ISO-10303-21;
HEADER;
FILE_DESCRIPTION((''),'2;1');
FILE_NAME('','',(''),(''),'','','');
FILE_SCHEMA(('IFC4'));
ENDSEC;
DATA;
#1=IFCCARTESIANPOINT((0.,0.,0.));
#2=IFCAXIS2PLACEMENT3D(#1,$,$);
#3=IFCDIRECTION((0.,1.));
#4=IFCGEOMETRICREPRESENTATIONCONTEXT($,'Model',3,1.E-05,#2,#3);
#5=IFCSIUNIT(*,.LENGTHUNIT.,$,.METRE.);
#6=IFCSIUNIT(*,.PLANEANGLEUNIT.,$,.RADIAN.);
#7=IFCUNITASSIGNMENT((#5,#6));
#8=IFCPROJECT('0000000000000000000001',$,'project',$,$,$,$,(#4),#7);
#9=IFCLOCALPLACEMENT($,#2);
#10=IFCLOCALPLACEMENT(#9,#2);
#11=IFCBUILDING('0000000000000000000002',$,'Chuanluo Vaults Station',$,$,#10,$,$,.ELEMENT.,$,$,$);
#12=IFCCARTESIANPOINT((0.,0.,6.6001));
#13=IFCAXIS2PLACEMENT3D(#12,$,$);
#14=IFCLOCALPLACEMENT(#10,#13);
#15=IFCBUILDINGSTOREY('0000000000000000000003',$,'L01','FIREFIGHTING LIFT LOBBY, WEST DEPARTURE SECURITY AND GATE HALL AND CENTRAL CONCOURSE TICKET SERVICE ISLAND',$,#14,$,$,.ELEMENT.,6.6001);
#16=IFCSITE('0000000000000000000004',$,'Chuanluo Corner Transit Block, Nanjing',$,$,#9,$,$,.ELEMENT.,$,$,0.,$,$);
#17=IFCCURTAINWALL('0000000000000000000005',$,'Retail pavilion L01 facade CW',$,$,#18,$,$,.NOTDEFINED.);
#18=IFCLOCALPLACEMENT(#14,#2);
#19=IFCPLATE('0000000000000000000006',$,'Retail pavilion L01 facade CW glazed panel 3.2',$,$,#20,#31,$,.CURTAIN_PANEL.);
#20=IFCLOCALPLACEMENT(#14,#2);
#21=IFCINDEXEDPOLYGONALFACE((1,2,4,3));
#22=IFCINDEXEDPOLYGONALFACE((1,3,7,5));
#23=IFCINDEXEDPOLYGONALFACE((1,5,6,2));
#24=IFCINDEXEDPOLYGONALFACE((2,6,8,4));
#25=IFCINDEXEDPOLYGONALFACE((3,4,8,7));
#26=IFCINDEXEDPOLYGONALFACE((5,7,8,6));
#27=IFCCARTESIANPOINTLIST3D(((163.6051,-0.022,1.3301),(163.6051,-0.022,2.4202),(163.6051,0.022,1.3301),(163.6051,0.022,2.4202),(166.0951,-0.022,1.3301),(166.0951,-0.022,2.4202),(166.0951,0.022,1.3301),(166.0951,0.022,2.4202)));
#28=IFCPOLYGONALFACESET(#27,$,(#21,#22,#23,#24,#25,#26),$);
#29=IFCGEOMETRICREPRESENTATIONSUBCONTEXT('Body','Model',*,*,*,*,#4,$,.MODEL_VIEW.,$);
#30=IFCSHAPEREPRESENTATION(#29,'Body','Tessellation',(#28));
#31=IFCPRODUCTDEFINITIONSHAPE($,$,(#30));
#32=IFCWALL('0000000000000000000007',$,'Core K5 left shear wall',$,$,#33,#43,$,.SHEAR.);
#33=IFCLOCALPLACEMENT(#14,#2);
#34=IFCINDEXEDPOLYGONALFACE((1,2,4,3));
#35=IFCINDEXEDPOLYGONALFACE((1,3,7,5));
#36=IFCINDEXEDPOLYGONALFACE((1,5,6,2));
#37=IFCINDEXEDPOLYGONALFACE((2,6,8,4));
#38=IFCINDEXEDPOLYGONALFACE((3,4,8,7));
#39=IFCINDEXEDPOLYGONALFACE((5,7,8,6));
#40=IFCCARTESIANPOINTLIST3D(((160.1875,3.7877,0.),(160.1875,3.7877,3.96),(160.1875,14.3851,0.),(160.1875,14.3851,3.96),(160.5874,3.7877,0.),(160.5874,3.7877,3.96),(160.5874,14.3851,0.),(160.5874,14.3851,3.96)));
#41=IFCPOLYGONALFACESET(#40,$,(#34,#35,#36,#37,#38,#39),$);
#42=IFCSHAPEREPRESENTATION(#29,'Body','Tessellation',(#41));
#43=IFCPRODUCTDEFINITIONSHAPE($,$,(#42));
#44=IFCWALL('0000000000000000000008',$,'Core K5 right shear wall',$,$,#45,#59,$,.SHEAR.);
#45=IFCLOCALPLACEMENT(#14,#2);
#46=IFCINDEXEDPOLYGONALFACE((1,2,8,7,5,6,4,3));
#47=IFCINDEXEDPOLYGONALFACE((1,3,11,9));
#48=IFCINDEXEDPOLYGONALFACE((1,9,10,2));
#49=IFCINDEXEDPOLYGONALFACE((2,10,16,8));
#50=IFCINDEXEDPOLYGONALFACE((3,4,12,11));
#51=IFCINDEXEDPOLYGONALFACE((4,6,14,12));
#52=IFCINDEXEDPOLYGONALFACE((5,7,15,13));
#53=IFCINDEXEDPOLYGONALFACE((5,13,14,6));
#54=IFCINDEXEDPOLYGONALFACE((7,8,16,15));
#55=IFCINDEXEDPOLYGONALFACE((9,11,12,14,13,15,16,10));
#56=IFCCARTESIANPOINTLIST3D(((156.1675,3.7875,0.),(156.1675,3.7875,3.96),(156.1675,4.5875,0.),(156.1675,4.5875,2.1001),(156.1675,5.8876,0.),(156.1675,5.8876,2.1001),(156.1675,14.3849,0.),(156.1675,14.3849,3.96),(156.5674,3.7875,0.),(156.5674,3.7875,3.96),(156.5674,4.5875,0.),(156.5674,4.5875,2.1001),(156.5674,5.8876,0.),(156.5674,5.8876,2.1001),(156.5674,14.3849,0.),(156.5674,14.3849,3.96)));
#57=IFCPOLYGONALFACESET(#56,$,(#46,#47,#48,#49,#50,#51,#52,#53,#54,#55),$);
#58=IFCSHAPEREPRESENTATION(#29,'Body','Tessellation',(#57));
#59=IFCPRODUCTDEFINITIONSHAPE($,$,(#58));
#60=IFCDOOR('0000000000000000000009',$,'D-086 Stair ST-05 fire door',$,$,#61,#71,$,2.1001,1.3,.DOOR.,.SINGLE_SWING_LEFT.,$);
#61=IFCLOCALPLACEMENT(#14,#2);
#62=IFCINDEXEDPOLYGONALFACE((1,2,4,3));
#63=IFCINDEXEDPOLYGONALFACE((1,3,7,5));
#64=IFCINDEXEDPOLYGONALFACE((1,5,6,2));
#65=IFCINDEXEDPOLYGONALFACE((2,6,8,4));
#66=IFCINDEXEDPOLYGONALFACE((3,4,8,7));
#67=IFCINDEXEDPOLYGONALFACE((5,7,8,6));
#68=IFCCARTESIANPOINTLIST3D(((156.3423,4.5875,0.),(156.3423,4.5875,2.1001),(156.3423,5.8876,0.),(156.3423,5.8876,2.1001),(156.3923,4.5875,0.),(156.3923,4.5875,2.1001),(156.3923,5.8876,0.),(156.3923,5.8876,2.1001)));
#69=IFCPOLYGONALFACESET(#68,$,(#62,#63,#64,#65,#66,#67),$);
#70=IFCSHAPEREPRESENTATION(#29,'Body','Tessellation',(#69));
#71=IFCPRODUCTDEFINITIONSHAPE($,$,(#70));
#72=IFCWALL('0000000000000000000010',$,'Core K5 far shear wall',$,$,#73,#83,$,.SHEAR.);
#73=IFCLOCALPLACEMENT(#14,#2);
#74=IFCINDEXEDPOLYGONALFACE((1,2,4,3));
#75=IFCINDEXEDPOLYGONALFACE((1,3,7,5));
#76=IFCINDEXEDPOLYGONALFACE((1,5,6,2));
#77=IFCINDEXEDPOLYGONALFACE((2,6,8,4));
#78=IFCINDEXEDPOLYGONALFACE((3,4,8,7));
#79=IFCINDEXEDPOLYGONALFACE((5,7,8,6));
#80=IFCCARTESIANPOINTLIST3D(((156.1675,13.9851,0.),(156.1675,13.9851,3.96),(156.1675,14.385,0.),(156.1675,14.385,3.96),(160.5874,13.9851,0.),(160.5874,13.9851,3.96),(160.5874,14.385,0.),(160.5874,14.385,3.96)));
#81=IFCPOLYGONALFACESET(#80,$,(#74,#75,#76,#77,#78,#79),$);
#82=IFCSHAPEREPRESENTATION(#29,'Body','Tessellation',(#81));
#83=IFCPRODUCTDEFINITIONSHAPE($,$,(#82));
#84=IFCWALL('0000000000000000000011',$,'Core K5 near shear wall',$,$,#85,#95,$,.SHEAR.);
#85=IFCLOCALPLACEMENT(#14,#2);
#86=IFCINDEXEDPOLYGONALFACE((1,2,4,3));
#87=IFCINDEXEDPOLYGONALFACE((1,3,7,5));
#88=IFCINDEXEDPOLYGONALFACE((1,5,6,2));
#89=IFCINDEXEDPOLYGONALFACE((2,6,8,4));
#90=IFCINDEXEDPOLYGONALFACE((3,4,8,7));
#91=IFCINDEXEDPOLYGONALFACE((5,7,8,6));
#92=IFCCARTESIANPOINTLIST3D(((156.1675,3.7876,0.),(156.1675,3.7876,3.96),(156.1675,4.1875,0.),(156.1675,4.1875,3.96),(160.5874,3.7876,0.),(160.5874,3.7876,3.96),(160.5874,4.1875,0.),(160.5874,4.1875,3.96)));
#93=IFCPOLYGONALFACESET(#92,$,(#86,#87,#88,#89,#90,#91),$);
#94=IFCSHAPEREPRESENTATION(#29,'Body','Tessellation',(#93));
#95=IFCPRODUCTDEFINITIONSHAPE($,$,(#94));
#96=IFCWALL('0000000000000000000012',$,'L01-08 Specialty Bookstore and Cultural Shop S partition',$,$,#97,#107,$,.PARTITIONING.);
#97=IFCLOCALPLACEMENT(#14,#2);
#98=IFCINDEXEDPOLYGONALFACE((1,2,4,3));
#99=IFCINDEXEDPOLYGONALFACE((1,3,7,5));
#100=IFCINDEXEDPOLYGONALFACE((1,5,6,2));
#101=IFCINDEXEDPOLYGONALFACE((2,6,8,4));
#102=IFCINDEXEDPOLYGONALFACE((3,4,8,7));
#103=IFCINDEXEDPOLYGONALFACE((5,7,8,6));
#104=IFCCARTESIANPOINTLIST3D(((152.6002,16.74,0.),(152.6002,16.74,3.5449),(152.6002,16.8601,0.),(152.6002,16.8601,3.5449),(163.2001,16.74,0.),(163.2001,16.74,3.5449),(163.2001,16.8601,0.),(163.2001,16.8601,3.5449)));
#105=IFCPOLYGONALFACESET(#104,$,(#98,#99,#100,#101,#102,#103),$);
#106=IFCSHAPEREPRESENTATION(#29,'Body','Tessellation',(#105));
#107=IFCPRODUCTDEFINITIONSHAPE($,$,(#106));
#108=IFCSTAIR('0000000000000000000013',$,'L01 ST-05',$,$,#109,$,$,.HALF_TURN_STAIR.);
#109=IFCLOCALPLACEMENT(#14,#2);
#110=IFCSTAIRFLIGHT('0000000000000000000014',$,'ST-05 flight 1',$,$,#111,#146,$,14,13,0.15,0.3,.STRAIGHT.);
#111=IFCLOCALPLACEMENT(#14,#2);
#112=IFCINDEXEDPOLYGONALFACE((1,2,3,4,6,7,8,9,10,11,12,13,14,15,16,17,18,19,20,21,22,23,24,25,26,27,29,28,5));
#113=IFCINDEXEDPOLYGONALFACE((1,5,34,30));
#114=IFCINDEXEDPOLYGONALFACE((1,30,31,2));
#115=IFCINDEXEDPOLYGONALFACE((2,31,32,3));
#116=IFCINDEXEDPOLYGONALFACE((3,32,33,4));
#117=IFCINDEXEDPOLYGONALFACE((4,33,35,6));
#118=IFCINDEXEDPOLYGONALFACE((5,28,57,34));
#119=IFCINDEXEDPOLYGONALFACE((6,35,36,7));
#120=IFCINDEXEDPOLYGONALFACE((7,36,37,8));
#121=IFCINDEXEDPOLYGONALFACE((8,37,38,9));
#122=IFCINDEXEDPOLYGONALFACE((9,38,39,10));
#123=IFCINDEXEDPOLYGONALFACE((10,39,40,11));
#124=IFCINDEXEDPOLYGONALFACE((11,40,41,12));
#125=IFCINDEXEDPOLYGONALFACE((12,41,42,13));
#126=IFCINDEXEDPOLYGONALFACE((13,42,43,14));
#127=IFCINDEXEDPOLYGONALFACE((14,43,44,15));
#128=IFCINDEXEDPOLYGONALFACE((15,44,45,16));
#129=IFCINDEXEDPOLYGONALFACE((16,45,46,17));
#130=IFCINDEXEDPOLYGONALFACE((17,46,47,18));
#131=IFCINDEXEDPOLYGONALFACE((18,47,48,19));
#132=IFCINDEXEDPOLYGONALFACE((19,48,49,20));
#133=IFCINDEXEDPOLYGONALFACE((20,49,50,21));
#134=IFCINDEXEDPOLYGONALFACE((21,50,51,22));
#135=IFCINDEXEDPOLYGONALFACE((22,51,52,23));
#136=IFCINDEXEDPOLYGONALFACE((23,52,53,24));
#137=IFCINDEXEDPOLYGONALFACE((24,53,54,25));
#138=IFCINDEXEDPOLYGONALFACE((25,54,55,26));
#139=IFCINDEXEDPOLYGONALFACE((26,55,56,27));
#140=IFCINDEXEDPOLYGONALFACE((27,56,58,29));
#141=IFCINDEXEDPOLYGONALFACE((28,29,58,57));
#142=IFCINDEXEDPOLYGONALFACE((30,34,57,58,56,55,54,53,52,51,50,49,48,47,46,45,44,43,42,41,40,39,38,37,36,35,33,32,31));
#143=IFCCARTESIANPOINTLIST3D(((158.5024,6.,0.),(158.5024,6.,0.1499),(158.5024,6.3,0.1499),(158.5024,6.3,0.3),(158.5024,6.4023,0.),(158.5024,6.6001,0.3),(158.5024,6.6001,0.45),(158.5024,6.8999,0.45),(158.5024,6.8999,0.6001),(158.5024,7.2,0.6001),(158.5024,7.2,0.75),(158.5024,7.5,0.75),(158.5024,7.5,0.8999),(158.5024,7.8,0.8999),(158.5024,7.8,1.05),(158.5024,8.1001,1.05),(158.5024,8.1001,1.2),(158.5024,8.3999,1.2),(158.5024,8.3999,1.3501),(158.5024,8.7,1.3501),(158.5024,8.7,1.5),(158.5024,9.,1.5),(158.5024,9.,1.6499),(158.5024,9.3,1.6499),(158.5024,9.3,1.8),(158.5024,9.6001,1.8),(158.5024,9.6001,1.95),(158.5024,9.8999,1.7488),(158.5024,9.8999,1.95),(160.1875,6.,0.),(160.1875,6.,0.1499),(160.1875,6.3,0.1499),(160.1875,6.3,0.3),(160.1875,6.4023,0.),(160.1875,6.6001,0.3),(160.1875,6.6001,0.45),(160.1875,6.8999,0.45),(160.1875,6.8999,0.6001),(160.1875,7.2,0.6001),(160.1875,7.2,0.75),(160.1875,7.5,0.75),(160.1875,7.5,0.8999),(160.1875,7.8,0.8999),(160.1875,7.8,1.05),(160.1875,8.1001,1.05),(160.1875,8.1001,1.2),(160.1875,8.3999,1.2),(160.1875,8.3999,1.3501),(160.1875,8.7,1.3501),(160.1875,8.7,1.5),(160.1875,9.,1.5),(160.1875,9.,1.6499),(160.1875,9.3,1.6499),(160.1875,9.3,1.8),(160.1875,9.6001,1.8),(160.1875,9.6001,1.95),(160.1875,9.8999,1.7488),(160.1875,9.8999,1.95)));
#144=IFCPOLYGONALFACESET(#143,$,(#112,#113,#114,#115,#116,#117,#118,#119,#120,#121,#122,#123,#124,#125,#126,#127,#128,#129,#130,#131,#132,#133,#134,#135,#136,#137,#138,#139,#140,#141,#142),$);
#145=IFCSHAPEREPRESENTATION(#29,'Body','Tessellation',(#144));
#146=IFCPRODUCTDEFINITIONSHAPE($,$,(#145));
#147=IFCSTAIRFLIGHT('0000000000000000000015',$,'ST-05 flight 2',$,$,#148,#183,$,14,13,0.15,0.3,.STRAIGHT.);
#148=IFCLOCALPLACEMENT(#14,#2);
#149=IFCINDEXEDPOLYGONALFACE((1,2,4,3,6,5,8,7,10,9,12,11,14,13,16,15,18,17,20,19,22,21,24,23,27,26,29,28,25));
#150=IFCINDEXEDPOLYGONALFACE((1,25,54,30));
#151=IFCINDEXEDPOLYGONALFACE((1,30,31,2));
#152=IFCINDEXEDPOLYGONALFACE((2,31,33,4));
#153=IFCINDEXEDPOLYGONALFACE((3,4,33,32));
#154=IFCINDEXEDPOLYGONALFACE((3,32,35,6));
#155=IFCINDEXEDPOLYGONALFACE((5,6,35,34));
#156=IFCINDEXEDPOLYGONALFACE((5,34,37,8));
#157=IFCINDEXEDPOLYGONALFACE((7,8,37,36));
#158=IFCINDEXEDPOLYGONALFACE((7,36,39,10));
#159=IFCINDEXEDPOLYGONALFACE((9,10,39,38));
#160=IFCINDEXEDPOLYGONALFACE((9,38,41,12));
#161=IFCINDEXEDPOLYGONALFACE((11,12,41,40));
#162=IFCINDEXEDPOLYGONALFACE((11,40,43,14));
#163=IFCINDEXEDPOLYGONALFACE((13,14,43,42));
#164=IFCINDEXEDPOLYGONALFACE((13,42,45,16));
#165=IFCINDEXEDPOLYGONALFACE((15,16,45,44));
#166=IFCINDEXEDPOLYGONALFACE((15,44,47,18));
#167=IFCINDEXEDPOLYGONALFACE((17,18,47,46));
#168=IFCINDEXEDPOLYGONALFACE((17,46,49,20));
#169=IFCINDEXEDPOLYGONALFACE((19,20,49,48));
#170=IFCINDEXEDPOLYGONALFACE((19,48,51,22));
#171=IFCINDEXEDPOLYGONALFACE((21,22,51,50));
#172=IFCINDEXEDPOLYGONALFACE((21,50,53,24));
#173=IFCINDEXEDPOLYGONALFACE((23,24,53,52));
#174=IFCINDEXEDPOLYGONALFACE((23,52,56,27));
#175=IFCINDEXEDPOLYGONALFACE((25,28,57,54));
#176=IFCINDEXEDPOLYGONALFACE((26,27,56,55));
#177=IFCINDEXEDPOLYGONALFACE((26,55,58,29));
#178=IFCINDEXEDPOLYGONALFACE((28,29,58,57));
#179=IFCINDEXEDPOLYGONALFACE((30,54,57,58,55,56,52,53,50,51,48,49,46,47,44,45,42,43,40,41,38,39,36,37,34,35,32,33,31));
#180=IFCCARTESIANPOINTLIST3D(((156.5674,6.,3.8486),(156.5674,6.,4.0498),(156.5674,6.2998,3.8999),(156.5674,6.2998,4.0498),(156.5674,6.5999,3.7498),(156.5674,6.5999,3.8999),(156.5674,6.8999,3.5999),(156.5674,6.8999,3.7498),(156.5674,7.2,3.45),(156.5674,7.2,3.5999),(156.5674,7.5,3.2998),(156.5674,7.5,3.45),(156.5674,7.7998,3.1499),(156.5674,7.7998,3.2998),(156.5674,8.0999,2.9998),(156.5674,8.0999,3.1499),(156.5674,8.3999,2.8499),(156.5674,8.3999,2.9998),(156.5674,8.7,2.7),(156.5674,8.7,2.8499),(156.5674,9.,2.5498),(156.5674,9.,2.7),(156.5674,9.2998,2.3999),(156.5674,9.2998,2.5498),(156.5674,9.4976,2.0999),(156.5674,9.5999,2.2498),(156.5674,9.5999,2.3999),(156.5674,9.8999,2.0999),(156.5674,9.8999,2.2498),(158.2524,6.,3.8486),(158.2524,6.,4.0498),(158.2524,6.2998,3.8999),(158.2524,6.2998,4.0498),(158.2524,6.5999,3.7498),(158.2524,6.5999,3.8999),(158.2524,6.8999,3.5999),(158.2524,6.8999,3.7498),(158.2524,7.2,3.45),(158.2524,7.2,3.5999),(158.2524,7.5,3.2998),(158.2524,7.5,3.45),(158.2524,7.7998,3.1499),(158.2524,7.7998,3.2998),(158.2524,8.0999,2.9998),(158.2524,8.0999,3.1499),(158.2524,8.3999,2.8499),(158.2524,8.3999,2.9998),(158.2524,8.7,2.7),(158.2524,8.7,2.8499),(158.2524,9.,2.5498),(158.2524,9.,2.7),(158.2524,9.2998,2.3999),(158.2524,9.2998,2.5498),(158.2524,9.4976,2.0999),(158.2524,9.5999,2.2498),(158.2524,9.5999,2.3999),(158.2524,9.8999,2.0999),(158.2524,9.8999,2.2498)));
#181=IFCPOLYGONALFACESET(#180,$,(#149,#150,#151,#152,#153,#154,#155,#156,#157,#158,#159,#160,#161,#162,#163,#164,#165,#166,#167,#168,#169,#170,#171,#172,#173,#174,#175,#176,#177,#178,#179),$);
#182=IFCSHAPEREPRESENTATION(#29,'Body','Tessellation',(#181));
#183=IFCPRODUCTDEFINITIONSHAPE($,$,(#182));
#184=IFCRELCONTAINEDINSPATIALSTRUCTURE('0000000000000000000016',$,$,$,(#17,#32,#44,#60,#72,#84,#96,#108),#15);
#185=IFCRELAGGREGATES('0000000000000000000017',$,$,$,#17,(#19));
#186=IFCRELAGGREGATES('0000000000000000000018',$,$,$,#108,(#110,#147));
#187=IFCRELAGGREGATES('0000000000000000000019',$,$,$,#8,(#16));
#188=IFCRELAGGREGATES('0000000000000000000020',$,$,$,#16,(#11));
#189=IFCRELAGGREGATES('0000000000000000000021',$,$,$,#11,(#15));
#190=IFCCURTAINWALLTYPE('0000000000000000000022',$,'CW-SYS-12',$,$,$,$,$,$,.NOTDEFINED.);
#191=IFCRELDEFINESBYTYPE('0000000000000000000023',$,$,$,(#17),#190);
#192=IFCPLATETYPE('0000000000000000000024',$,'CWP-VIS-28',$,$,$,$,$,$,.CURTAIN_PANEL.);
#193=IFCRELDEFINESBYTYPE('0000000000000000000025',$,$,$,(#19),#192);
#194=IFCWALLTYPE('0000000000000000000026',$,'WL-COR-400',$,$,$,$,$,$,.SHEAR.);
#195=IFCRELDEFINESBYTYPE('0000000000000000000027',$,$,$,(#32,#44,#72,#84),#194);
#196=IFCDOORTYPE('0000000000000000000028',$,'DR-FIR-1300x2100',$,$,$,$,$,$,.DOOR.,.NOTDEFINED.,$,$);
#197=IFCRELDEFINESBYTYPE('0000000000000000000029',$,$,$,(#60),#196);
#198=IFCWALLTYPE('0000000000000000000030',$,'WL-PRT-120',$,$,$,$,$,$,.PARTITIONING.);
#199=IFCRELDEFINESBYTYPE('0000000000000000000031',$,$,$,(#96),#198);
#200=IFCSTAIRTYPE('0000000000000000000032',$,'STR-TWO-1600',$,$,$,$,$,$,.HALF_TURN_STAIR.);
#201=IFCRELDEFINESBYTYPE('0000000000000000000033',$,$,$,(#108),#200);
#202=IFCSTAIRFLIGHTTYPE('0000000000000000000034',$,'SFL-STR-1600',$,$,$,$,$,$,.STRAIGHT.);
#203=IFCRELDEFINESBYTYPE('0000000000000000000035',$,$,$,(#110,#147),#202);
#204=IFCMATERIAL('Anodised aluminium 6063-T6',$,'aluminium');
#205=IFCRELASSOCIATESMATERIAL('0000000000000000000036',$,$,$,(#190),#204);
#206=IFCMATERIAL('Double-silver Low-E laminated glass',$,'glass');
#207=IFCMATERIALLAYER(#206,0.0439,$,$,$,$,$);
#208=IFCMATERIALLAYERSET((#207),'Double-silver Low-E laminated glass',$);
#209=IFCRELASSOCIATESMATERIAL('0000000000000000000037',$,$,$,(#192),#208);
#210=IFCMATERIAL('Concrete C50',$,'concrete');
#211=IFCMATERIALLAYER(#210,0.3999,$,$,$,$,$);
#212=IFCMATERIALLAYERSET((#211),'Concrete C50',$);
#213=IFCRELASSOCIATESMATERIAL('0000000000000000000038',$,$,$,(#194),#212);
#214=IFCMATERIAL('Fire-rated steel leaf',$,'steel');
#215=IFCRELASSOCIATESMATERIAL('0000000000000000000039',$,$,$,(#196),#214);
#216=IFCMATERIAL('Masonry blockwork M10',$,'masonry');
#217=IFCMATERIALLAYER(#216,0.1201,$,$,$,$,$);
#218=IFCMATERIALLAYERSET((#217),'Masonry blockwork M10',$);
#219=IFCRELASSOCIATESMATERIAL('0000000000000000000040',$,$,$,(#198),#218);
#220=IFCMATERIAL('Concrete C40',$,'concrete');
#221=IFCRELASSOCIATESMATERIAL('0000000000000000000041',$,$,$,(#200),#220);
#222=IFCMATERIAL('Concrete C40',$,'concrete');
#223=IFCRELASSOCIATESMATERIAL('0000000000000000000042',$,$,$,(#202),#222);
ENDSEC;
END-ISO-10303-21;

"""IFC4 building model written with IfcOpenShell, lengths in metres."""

from ifc_helpers import new_model, si_unit, direction, frame, frame_2d, origin, origin_2d, place, context, subcontext, project, spatial, polyline, rectangle, outline, extrude, material, layer, layer_set, type_object, element, fill, aggregate, save


model = new_model("IFC4")

# Units and contexts
model_context = context("Model", 3, precision=1e-05, world=origin(), true_north=direction((0.0, 1.0)))
body_context = subcontext(model_context, "Body", "Model", "MODEL_VIEW")
ifc_project = project(units=[si_unit("LENGTHUNIT", "METRE"), si_unit("PLANEANGLEUNIT", "RADIAN")], contexts=[model_context])

# Site, building, storey
site_placement = place(None, origin())
site = spatial("IfcSite", under=ifc_project, at=site_placement, Name="Chuanluo Corner Transit Block, Nanjing", CompositionType="ELEMENT", RefElevation=0.0)
building_placement = place(site_placement, origin())
building = spatial("IfcBuilding", under=site, at=building_placement, Name="Chuanluo Vaults Station", CompositionType="ELEMENT")
storey_placement = place(building_placement, frame((0.0, 0.0, 6.6001)))
storey = spatial("IfcBuildingStorey", under=building, at=storey_placement, Name="L01", Description="FIREFIGHTING LIFT LOBBY, WEST DEPARTURE SECURITY AND GATE HALL AND CENTRAL CONCOURSE TICKET SERVICE ISLAND", CompositionType="ELEMENT", Elevation=6.6001)

# Curtain wall, plate
ifc_material_1 = material(Name="Anodised aluminium 6063-T6", Category="aluminium")
curtain_wall_type = type_object("IfcCurtainWallType", Name="CW-SYS-12", PredefinedType="NOTDEFINED", material=ifc_material_1)
curtain_wall_placement = place(storey_placement, origin())
curtain_wall = element("IfcCurtainWall", 1, at=curtain_wall_placement, inside=storey, type_object=curtain_wall_type, Name="Retail pavilion L01 facade CW", PredefinedType="NOTDEFINED")
ifc_material_2 = material(Name="Double-silver Low-E laminated glass", Category="glass")
ifc_layer_1 = layer(ifc_material_2, 0.0439)
ifc_layer_set_1 = layer_set([ifc_layer_1], Name="Double-silver Low-E laminated glass")
plate_type_1 = type_object("IfcPlateType", Name="CWP-VIS-28", PredefinedType="CURTAIN_PANEL", material=ifc_layer_set_1)
plate_1_placement = place(storey_placement, frame((164.8501, 0.0, 1.3301), z_axis=(0.0, 0.0, 1.0), x_axis=(-1.0, 0.0, 0.0)))
plate_1 = element("IfcPlate", 2, at=plate_1_placement, type_object=plate_type_1, Name="Retail pavilion L01 facade CW glazed panel 3.2", PredefinedType="CURTAIN_PANEL", context=body_context, shape_type="SweptSolid", body=[
    extrude(rectangle(XDim=2.49, YDim=0.0439, at=origin_2d()), origin(), (0.0, 0.0, 1.0), 1.0901),
])
aggregate(curtain_wall, [plate_1])

# Wall
ifc_material_3 = material(Name="Concrete C50", Category="concrete")
ifc_layer_2 = layer(ifc_material_3, 0.3999)
ifc_layer_set_2 = layer_set([ifc_layer_2], Name="Concrete C50")
wall_type_1 = type_object("IfcWallType", Name="WL-COR-400", PredefinedType="SHEAR", material=ifc_layer_set_2)
wall_1_placement = place(storey_placement, frame((160.3875, 3.7876, 0.0), z_axis=(0.0, 0.0, 1.0), x_axis=(0.0, 1.0, 0.0)))
element("IfcWall", 3, at=wall_1_placement, inside=storey, type_object=wall_type_1, Name="Core K5 left shear wall", PredefinedType="SHEAR", context=body_context, shape_type="SweptSolid", body=[
    extrude(rectangle(XDim=10.5974, YDim=0.3999, at=frame_2d((5.2988, 0.0))), origin(), (0.0, 0.0, 1.0), 3.96),
])

# Wall, opening, door
wall_2_placement = place(storey_placement, frame((156.3674, 14.385, 0.0), z_axis=(0.0, 0.0, 1.0), x_axis=(0.0, -1.0, 0.0)))
wall_2 = element("IfcWall", 4, at=wall_2_placement, inside=storey, type_object=wall_type_1, Name="Core K5 right shear wall", PredefinedType="SHEAR", context=body_context, shape_type="SweptSolid", body=[
    extrude(rectangle(XDim=10.5974, YDim=0.3999, at=frame_2d((5.2988, 0.0))), origin(), (0.0, 0.0, 1.0), 3.96),
])
opening_placement = place(wall_2_placement, frame((8.4976, 0.0, 0.0)))
opening = element("IfcOpeningElement", 5, at=opening_placement, cuts=wall_2, PredefinedType="OPENING", context=body_context, shape_type="SweptSolid", body=[
    extrude(rectangle(XDim=1.3, YDim=2.1001, at=frame_2d((0.6499, 1.05))), frame((0.0, 0.2099, 0.0), z_axis=(0.0, -1.0, 0.0), x_axis=(1.0, 0.0, 0.0)), (0.0, 0.0, 1.0), 0.4199),
])
ifc_material_4 = material(Name="Fire-rated steel leaf", Category="steel")
door_type = type_object("IfcDoorType", Name="DR-FIR-1300x2100", OperationType="NOTDEFINED", PredefinedType="DOOR", material=ifc_material_4)
door_placement = place(opening_placement, origin())
door = element("IfcDoor", 6, at=door_placement, inside=storey, type_object=door_type, Name="D-086 Stair ST-05 fire door", OperationType="SINGLE_SWING_LEFT", OverallHeight=2.1001, OverallWidth=1.3, PredefinedType="DOOR", context=body_context, shape_type="SweptSolid", body=[
    extrude(rectangle(XDim=1.3, YDim=2.1001, at=frame_2d((0.6499, 1.05))), frame((0.0, 0.0249, 0.0), z_axis=(0.0, -1.0, 0.0), x_axis=(1.0, 0.0, 0.0)), (0.0, 0.0, 1.0), 0.05),
])
fill(opening, door)

# Walls
for number, where, z_axis, x_axis, name in (
    (7, (160.5874, 14.1851, 0.0), (0.0, 0.0, 1.0), (-1.0, 0.0, 0.0), "Core K5 far shear wall"),
    (8, (156.1675, 3.9875, 0.0), (0.0, 0.0, 1.0), (1.0, 0.0, 0.0), "Core K5 near shear wall"),
):
    element("IfcWall", number, at=place(storey_placement, frame(where, z_axis=z_axis, x_axis=x_axis)), inside=storey, type_object=wall_type_1, Name=name, PredefinedType="SHEAR", context=body_context, shape_type="SweptSolid", body=[
        extrude(rectangle(XDim=4.4199, YDim=0.3999, at=frame_2d((2.21, 0.0))), origin(), (0.0, 0.0, 1.0), 3.96),
    ])
ifc_material_5 = material(Name="Masonry blockwork M10", Category="masonry")
ifc_layer_3 = layer(ifc_material_5, 0.1201)
ifc_layer_set_3 = layer_set([ifc_layer_3], Name="Masonry blockwork M10")
wall_type_2 = type_object("IfcWallType", Name="WL-PRT-120", PredefinedType="PARTITIONING", material=ifc_layer_set_3)
wall_3_placement = place(storey_placement, frame((163.2, 16.8, 0.0), z_axis=(0.0, 0.0, 1.0), x_axis=(-1.0, 0.0, 0.0)))
element("IfcWall", 9, at=wall_3_placement, inside=storey, type_object=wall_type_2, Name="L01-08 Specialty Bookstore and Cultural Shop S partition", PredefinedType="PARTITIONING", context=body_context, shape_type="SweptSolid", body=[
    extrude(rectangle(XDim=10.5999, YDim=0.1201, at=frame_2d((5.2998, 0.0))), origin(), (0.0, 0.0, 1.0), 3.5449),
])

# Stair, stair flights
ifc_material_6 = material(Name="Concrete C40", Category="concrete")
stair_type = type_object("IfcStairType", Name="STR-TWO-1600", PredefinedType="HALF_TURN_STAIR", material=ifc_material_6)
stair_placement = place(storey_placement, origin())
stair = element("IfcStair", 10, at=stair_placement, inside=storey, type_object=stair_type, Name="L01 ST-05", PredefinedType="HALF_TURN_STAIR")
ifc_material_7 = material(Name="Concrete C40", Category="concrete")
stair_flight_type = type_object("IfcStairFlightType", Name="SFL-STR-1600", PredefinedType="STRAIGHT", material=ifc_material_7)
stair_flight_1_placement = place(storey_placement, frame((159.345, 6.0, 0.0), z_axis=(0.0, 0.0, 1.0), x_axis=(0.0, 1.0, 0.0)))
stair_flight_1 = element("IfcStairFlight", 11, at=stair_flight_1_placement, type_object=stair_flight_type, Name="ST-05 flight 1", NumberOfRisers=14, NumberOfTreads=13, PredefinedType="STRAIGHT", RiserHeight=0.15, TreadLength=0.3, context=body_context, shape_type="SweptSolid", body=[
    extrude(outline(polyline([(0.0, 0.0), (0.0, 0.1499), (0.3, 0.1499), (0.3, 0.3), (0.6001, 0.3), (0.6001, 0.45), (0.8999, 0.45), (0.8999, 0.6001), (1.2, 0.6001), (1.2, 0.75), (1.5, 0.75), (1.5, 0.8999), (1.8, 0.8999), (1.8, 1.05), (2.1001, 1.05), (2.1001, 1.2), (2.3999, 1.2), (2.3999, 1.3501), (2.7, 1.3501), (2.7, 1.5), (3.0, 1.5), (3.0, 1.6499), (3.3, 1.6499), (3.3, 1.8), (3.6001, 1.8), (3.6001, 1.95), (3.8999, 1.95), (3.8999, 2.1001), (3.8999, 1.7488), (0.4023, 0.0), (0.0, 0.0)])), frame((0.0, 0.8425, 0.0), z_axis=(0.0, -1.0, 0.0), x_axis=(1.0, 0.0, 0.0)), (0.0, 0.0, 1.0), 1.6851),
])
stair_flight_2_placement = place(storey_placement, frame((157.4099, 9.8999, 2.0999), z_axis=(0.0, 0.0, 1.0), x_axis=(0.0, -1.0, 0.0)))
stair_flight_2 = element("IfcStairFlight", 12, at=stair_flight_2_placement, type_object=stair_flight_type, Name="ST-05 flight 2", NumberOfRisers=14, NumberOfTreads=13, PredefinedType="STRAIGHT", RiserHeight=0.15, TreadLength=0.3, context=body_context, shape_type="SweptSolid", body=[
    extrude(outline(polyline([(0.0, 0.0), (0.0, 0.1499), (0.3, 0.1499), (0.3, 0.3), (0.6001, 0.3), (0.6001, 0.45), (0.8999, 0.45), (0.8999, 0.6001), (1.2, 0.6001), (1.2, 0.75), (1.5, 0.75), (1.5, 0.8999), (1.8, 0.8999), (1.8, 1.05), (2.1001, 1.05), (2.1001, 1.2), (2.3999, 1.2), (2.3999, 1.3501), (2.7, 1.3501), (2.7, 1.5), (3.0, 1.5), (3.0, 1.6499), (3.3, 1.6499), (3.3, 1.8), (3.6001, 1.8), (3.6001, 1.95), (3.8999, 1.95), (3.8999, 2.1001), (3.8999, 1.7488), (0.4023, 0.0), (0.0, 0.0)])), frame((0.0, 0.8425, 0.0), z_axis=(0.0, -1.0, 0.0), x_axis=(1.0, 0.0, 0.0)), (0.0, 0.0, 1.0), 1.6851),
])
aggregate(stair, [stair_flight_1, stair_flight_2])

save(model, "model.ifc")
